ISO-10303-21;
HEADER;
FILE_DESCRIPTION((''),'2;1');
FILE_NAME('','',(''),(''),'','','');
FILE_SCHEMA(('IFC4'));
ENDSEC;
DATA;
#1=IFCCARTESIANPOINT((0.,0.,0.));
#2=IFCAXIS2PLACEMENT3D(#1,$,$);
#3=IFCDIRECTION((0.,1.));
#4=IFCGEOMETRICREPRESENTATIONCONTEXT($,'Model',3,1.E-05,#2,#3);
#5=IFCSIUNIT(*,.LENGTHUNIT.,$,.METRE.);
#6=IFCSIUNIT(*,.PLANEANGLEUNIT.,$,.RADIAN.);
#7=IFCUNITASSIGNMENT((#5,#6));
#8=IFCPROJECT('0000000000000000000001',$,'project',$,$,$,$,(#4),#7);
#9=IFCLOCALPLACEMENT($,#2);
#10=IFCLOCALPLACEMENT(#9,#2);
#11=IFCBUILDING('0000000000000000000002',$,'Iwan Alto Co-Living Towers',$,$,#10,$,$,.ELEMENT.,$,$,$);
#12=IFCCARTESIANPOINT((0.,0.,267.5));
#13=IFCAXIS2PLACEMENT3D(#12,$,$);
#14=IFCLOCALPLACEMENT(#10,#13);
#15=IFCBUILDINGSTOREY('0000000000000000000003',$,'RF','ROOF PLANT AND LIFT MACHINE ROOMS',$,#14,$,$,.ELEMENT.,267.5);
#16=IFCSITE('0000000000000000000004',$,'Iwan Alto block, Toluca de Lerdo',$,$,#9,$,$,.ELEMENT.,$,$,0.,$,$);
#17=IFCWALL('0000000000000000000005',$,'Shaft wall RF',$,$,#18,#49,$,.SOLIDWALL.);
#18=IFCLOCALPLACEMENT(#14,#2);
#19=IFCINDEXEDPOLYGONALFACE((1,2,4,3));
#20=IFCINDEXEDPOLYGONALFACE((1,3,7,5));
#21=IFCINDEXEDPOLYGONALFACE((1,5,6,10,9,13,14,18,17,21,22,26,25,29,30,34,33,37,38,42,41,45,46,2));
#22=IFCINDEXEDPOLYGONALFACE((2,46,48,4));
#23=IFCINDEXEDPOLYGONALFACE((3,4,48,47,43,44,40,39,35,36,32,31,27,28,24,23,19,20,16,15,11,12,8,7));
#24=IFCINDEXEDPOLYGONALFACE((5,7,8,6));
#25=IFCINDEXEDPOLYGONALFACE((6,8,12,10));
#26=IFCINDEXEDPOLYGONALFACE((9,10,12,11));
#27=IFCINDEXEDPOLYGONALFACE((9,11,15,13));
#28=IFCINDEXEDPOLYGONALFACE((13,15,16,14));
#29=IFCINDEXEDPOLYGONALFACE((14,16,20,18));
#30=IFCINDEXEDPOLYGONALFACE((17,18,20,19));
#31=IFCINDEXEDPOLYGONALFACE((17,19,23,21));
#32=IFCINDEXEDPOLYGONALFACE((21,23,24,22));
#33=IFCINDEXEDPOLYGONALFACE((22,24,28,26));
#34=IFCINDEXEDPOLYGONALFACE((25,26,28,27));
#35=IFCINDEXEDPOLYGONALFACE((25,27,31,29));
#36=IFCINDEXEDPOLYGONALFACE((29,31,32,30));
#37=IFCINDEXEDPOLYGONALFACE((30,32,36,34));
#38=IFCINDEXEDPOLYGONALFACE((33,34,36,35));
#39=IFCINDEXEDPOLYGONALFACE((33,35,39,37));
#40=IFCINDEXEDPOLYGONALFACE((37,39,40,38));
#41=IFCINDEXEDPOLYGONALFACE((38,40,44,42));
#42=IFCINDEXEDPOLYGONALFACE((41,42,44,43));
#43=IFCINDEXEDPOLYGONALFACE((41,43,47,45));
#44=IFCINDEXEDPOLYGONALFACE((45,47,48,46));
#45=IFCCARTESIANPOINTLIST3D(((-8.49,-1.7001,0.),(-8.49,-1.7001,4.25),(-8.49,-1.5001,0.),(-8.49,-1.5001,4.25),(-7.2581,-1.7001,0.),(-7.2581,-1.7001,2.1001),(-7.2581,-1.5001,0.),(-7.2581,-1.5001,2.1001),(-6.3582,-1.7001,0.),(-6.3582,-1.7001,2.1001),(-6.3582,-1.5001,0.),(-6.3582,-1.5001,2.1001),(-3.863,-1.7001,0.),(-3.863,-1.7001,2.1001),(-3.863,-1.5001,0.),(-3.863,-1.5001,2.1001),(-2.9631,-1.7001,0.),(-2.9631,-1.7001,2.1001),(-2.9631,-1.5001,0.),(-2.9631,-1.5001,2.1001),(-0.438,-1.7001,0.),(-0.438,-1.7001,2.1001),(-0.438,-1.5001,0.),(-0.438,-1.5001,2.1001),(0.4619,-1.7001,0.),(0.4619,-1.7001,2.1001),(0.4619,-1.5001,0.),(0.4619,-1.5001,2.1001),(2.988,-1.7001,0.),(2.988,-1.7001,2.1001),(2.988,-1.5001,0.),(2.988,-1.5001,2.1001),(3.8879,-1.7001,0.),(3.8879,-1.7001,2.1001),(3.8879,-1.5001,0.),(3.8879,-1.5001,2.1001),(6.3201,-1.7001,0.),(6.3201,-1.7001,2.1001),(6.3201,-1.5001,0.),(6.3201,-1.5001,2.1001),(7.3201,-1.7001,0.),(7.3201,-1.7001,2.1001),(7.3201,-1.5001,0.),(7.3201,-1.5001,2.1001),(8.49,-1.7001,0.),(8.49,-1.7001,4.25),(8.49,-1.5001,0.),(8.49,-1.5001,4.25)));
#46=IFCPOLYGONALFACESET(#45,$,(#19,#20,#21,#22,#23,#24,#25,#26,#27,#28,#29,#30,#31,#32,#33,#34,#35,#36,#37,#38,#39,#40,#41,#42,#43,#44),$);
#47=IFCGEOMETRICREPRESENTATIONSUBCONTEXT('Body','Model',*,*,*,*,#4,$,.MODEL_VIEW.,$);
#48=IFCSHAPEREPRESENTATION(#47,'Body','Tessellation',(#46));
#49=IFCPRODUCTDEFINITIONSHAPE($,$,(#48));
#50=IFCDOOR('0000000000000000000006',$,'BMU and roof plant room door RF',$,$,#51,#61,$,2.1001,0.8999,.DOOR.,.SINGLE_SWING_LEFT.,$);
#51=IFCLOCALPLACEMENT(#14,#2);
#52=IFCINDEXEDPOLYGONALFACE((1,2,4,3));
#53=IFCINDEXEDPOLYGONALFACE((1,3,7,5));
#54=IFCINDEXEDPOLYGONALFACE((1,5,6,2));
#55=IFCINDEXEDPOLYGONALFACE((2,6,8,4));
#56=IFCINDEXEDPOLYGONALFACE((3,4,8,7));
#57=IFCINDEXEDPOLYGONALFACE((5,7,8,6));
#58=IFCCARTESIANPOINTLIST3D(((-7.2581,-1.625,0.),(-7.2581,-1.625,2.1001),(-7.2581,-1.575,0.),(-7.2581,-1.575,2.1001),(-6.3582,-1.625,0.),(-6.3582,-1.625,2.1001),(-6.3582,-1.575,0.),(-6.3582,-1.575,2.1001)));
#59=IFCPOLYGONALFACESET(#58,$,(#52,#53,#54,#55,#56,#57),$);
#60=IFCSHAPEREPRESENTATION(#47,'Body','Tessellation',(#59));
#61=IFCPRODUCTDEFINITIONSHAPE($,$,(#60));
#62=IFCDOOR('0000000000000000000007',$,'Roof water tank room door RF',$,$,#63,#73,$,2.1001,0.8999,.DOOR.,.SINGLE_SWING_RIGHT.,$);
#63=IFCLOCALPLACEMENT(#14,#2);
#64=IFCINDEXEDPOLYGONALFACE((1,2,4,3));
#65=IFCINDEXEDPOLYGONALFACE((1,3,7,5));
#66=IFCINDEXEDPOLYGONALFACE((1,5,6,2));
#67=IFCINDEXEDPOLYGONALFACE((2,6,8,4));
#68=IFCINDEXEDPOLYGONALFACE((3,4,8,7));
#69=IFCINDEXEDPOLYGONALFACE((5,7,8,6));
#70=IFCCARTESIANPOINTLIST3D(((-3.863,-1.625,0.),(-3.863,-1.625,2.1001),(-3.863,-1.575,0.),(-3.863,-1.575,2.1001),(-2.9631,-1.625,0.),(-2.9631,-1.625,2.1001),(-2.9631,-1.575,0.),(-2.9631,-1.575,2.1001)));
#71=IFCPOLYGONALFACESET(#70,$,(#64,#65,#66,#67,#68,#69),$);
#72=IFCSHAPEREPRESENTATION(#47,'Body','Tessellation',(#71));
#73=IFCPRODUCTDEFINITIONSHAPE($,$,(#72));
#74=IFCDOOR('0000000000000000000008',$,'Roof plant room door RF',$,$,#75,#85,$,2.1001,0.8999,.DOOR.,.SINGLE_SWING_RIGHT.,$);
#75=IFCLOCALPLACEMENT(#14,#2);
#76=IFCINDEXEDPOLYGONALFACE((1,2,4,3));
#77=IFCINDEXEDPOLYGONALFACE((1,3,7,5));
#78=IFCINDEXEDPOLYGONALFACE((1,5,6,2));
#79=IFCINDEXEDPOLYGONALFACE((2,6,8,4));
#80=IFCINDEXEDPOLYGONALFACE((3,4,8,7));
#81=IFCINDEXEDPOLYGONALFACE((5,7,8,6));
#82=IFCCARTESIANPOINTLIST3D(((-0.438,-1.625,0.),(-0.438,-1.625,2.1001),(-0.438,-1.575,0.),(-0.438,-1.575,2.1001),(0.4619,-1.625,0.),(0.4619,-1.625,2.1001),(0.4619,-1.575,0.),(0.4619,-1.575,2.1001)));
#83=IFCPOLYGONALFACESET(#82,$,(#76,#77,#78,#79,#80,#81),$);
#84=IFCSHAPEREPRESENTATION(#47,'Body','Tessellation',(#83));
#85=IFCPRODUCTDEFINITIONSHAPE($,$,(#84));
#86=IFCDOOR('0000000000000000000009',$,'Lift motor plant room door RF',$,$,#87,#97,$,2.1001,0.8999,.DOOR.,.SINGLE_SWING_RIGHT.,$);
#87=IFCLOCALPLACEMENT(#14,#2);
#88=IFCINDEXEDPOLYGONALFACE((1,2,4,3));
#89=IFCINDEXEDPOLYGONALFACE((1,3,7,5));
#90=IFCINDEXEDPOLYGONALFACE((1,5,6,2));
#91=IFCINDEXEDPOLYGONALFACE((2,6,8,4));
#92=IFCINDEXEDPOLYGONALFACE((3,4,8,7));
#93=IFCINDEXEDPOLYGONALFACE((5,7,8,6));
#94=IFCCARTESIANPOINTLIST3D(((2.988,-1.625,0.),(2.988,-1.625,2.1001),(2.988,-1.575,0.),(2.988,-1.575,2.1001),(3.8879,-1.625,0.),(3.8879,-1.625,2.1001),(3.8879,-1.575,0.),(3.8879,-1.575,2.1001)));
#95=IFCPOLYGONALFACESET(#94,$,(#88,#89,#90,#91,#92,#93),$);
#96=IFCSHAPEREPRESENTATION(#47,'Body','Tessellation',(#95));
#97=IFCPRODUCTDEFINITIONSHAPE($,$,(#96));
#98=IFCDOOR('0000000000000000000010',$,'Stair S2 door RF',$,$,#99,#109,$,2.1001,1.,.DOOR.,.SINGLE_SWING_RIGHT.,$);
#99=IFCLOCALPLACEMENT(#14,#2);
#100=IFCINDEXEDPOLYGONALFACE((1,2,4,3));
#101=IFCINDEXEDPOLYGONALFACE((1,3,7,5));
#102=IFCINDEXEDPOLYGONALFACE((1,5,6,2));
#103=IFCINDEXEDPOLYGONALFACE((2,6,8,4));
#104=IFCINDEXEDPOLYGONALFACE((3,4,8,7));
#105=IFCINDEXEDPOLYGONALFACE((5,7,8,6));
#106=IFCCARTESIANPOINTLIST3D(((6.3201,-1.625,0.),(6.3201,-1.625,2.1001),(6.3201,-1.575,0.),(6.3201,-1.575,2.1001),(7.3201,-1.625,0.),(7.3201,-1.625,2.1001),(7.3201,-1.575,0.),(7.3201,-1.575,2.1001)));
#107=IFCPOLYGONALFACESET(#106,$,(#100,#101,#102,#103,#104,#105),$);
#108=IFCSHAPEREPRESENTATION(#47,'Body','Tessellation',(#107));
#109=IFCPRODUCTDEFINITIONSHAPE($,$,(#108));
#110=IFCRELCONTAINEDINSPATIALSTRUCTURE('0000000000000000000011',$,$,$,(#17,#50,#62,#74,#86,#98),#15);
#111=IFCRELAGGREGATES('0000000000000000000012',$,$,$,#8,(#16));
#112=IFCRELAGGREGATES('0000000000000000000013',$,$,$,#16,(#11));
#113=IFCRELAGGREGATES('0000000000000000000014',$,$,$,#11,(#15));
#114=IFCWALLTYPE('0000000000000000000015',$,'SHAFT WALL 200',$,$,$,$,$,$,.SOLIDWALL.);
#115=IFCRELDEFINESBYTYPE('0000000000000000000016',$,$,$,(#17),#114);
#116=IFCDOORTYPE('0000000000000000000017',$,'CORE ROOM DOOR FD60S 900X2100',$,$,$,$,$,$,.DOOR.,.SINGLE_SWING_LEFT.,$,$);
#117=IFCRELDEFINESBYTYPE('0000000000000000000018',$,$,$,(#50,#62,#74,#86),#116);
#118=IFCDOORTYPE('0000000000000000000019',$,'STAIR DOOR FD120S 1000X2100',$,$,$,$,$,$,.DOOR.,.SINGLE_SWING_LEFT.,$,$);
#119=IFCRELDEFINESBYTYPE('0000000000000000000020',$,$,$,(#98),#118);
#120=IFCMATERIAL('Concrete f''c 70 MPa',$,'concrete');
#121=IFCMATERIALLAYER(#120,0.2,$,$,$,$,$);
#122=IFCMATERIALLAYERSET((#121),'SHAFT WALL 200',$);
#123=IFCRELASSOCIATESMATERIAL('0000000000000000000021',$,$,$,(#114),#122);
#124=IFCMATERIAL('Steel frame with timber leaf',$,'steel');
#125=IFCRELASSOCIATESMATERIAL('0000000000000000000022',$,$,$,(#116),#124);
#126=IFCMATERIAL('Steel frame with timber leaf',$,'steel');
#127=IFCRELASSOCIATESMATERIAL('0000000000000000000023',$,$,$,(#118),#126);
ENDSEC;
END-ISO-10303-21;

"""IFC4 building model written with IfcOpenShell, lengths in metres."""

from ifc_helpers import new_model, si_unit, direction, frame, frame_2d, origin, place, context, subcontext, project, spatial, rectangle, extrude, material, layer, layer_set, type_object, element, fill, save


model = new_model("IFC4")

# Units and contexts
model_context = context("Model", 3, precision=1e-05, world=origin(), true_north=direction((0.0, 1.0)))
body_context = subcontext(model_context, "Body", "Model", "MODEL_VIEW")
ifc_project = project(units=[si_unit("LENGTHUNIT", "METRE"), si_unit("PLANEANGLEUNIT", "RADIAN")], contexts=[model_context])

# Site, building, storey
site_placement = place(None, origin())
site = spatial("IfcSite", under=ifc_project, at=site_placement, Name="Iwan Alto block, Toluca de Lerdo", CompositionType="ELEMENT", RefElevation=0.0)
building_placement = place(site_placement, origin())
building = spatial("IfcBuilding", under=site, at=building_placement, Name="Iwan Alto Co-Living Towers", CompositionType="ELEMENT")
storey_placement = place(building_placement, frame((0.0, 0.0, 267.5)))
storey = spatial("IfcBuildingStorey", under=building, at=storey_placement, Name="RF", Description="ROOF PLANT AND LIFT MACHINE ROOMS", CompositionType="ELEMENT", Elevation=267.5)

# Shared definitions
ifc_material_1 = material(Name="Concrete f'c 70 MPa", Category="concrete")
ifc_layer = layer(ifc_material_1, 0.2)
ifc_layer_set = layer_set([ifc_layer], Name="SHAFT WALL 200")
wall_type_1 = type_object("IfcWallType", Name="SHAFT WALL 200", PredefinedType="SOLIDWALL", material=ifc_layer_set)

# Wall, openings, doors
wall_1_placement = place(storey_placement, frame((-8.49, -1.6001, 0.0), z_axis=(0.0, 0.0, 1.0), x_axis=(1.0, 0.0, 0.0)))
wall_1 = element("IfcWall", 1, at=wall_1_placement, inside=storey, type_object=wall_type_1, Name="Shaft wall RF", PredefinedType="SOLIDWALL", context=body_context, shape_type="SweptSolid", body=[
    extrude(rectangle(XDim=16.98, YDim=0.2, at=frame_2d((8.49, 0.0))), origin(), (0.0, 0.0, 1.0), 4.25),
])
opening_1_placement = place(wall_1_placement, frame((14.8101, 0.0, 0.0)))
opening_1 = element("IfcOpeningElement", 2, at=opening_1_placement, cuts=wall_1, PredefinedType="OPENING", context=body_context, shape_type="SweptSolid", body=[
    extrude(rectangle(XDim=1.0, YDim=2.1001, at=frame_2d((0.5, 1.05))), frame((0.0, 0.1099, 0.0), z_axis=(0.0, -1.0, 0.0), x_axis=(1.0, 0.0, 0.0)), (0.0, 0.0, 1.0), 0.22),
])
opening_2_placement = place(wall_1_placement, frame((1.2319, 0.0, 0.0)))
opening_2 = element("IfcOpeningElement", 3, at=opening_2_placement, cuts=wall_1, PredefinedType="OPENING", context=body_context, shape_type="SweptSolid", body=[
    extrude(rectangle(XDim=0.8999, YDim=2.1001, at=frame_2d((0.45, 1.05))), frame((0.0, 0.1099, 0.0), z_axis=(0.0, -1.0, 0.0), x_axis=(1.0, 0.0, 0.0)), (0.0, 0.0, 1.0), 0.22),
])
opening_3_placement = place(wall_1_placement, frame((4.627, 0.0, 0.0)))
opening_3 = element("IfcOpeningElement", 4, at=opening_3_placement, cuts=wall_1, PredefinedType="OPENING", context=body_context, shape_type="SweptSolid", body=[
    extrude(rectangle(XDim=0.8999, YDim=2.1001, at=frame_2d((0.45, 1.05))), frame((0.0, 0.1099, 0.0), z_axis=(0.0, -1.0, 0.0), x_axis=(1.0, 0.0, 0.0)), (0.0, 0.0, 1.0), 0.22),
])
opening_4_placement = place(wall_1_placement, frame((8.052, 0.0, 0.0)))
opening_4 = element("IfcOpeningElement", 5, at=opening_4_placement, cuts=wall_1, PredefinedType="OPENING", context=body_context, shape_type="SweptSolid", body=[
    extrude(rectangle(XDim=0.8999, YDim=2.1001, at=frame_2d((0.45, 1.05))), frame((0.0, 0.1099, 0.0), z_axis=(0.0, -1.0, 0.0), x_axis=(1.0, 0.0, 0.0)), (0.0, 0.0, 1.0), 0.22),
])
opening_5_placement = place(wall_1_placement, frame((11.478, 0.0, 0.0)))
opening_5 = element("IfcOpeningElement", 6, at=opening_5_placement, cuts=wall_1, PredefinedType="OPENING", context=body_context, shape_type="SweptSolid", body=[
    extrude(rectangle(XDim=0.8999, YDim=2.1001, at=frame_2d((0.45, 1.05))), frame((0.0, 0.1099, 0.0), z_axis=(0.0, -1.0, 0.0), x_axis=(1.0, 0.0, 0.0)), (0.0, 0.0, 1.0), 0.22),
])
ifc_material_2 = material(Name="Steel frame with timber leaf", Category="steel")
door_type_1 = type_object("IfcDoorType", Name="CORE ROOM DOOR FD60S 900X2100", OperationType="SINGLE_SWING_LEFT", PredefinedType="DOOR", material=ifc_material_2)
door_1_placement = place(opening_2_placement, frame((0.8999, 0.0, 0.0), z_axis=(0.0, 0.0, 1.0), x_axis=(-1.0, 0.0, 0.0)))
door_1 = element("IfcDoor", 7, at=door_1_placement, inside=storey, type_object=door_type_1, Name="BMU and roof plant room door RF", OperationType="SINGLE_SWING_LEFT", OverallHeight=2.1001, OverallWidth=0.8999, PredefinedType="DOOR", context=body_context, shape_type="SweptSolid", body=[
    extrude(rectangle(XDim=0.8999, YDim=2.1001, at=frame_2d((0.45, 1.05))), frame((0.0, 0.0249, 0.0), z_axis=(0.0, -1.0, 0.0), x_axis=(1.0, 0.0, 0.0)), (0.0, 0.0, 1.0), 0.05),
])
fill(opening_2, door_1)
door_2_placement = place(opening_3_placement, frame((0.8999, 0.0, 0.0), z_axis=(0.0, 0.0, 1.0), x_axis=(-1.0, 0.0, 0.0)))
door_2 = element("IfcDoor", 8, at=door_2_placement, inside=storey, type_object=door_type_1, Name="Roof water tank room door RF", OperationType="SINGLE_SWING_RIGHT", OverallHeight=2.1001, OverallWidth=0.8999, PredefinedType="DOOR", context=body_context, shape_type="SweptSolid", body=[
    extrude(rectangle(XDim=0.8999, YDim=2.1001, at=frame_2d((0.45, 1.05))), frame((0.0, 0.0249, 0.0), z_axis=(0.0, -1.0, 0.0), x_axis=(1.0, 0.0, 0.0)), (0.0, 0.0, 1.0), 0.05),
])
fill(opening_3, door_2)
door_3_placement = place(opening_4_placement, frame((0.8999, 0.0, 0.0), z_axis=(0.0, 0.0, 1.0), x_axis=(-1.0, 0.0, 0.0)))
door_3 = element("IfcDoor", 9, at=door_3_placement, inside=storey, type_object=door_type_1, Name="Roof plant room door RF", OperationType="SINGLE_SWING_RIGHT", OverallHeight=2.1001, OverallWidth=0.8999, PredefinedType="DOOR", context=body_context, shape_type="SweptSolid", body=[
    extrude(rectangle(XDim=0.8999, YDim=2.1001, at=frame_2d((0.45, 1.05))), frame((0.0, 0.0249, 0.0), z_axis=(0.0, -1.0, 0.0), x_axis=(1.0, 0.0, 0.0)), (0.0, 0.0, 1.0), 0.05),
])
fill(opening_4, door_3)
door_4_placement = place(opening_5_placement, frame((0.8999, 0.0, 0.0), z_axis=(0.0, 0.0, 1.0), x_axis=(-1.0, 0.0, 0.0)))
door_4 = element("IfcDoor", 10, at=door_4_placement, inside=storey, type_object=door_type_1, Name="Lift motor plant room door RF", OperationType="SINGLE_SWING_RIGHT", OverallHeight=2.1001, OverallWidth=0.8999, PredefinedType="DOOR", context=body_context, shape_type="SweptSolid", body=[
    extrude(rectangle(XDim=0.8999, YDim=2.1001, at=frame_2d((0.45, 1.05))), frame((0.0, 0.0249, 0.0), z_axis=(0.0, -1.0, 0.0), x_axis=(1.0, 0.0, 0.0)), (0.0, 0.0, 1.0), 0.05),
])
fill(opening_5, door_4)
ifc_material_3 = material(Name="Steel frame with timber leaf", Category="steel")
door_type_2 = type_object("IfcDoorType", Name="STAIR DOOR FD120S 1000X2100", OperationType="SINGLE_SWING_LEFT", PredefinedType="DOOR", material=ifc_material_3)
door_5_placement = place(opening_1_placement, frame((1.0, 0.0, 0.0), z_axis=(0.0, 0.0, 1.0), x_axis=(-1.0, 0.0, 0.0)))
door_5 = element("IfcDoor", 11, at=door_5_placement, inside=storey, type_object=door_type_2, Name="Stair S2 door RF", OperationType="SINGLE_SWING_RIGHT", OverallHeight=2.1001, OverallWidth=1.0, PredefinedType="DOOR", context=body_context, shape_type="SweptSolid", body=[
    extrude(rectangle(XDim=1.0, YDim=2.1001, at=frame_2d((0.5, 1.05))), frame((0.0, 0.0249, 0.0), z_axis=(0.0, -1.0, 0.0), x_axis=(1.0, 0.0, 0.0)), (0.0, 0.0, 1.0), 0.05),
])
fill(opening_1, door_5)

save(model, "model.ifc")
